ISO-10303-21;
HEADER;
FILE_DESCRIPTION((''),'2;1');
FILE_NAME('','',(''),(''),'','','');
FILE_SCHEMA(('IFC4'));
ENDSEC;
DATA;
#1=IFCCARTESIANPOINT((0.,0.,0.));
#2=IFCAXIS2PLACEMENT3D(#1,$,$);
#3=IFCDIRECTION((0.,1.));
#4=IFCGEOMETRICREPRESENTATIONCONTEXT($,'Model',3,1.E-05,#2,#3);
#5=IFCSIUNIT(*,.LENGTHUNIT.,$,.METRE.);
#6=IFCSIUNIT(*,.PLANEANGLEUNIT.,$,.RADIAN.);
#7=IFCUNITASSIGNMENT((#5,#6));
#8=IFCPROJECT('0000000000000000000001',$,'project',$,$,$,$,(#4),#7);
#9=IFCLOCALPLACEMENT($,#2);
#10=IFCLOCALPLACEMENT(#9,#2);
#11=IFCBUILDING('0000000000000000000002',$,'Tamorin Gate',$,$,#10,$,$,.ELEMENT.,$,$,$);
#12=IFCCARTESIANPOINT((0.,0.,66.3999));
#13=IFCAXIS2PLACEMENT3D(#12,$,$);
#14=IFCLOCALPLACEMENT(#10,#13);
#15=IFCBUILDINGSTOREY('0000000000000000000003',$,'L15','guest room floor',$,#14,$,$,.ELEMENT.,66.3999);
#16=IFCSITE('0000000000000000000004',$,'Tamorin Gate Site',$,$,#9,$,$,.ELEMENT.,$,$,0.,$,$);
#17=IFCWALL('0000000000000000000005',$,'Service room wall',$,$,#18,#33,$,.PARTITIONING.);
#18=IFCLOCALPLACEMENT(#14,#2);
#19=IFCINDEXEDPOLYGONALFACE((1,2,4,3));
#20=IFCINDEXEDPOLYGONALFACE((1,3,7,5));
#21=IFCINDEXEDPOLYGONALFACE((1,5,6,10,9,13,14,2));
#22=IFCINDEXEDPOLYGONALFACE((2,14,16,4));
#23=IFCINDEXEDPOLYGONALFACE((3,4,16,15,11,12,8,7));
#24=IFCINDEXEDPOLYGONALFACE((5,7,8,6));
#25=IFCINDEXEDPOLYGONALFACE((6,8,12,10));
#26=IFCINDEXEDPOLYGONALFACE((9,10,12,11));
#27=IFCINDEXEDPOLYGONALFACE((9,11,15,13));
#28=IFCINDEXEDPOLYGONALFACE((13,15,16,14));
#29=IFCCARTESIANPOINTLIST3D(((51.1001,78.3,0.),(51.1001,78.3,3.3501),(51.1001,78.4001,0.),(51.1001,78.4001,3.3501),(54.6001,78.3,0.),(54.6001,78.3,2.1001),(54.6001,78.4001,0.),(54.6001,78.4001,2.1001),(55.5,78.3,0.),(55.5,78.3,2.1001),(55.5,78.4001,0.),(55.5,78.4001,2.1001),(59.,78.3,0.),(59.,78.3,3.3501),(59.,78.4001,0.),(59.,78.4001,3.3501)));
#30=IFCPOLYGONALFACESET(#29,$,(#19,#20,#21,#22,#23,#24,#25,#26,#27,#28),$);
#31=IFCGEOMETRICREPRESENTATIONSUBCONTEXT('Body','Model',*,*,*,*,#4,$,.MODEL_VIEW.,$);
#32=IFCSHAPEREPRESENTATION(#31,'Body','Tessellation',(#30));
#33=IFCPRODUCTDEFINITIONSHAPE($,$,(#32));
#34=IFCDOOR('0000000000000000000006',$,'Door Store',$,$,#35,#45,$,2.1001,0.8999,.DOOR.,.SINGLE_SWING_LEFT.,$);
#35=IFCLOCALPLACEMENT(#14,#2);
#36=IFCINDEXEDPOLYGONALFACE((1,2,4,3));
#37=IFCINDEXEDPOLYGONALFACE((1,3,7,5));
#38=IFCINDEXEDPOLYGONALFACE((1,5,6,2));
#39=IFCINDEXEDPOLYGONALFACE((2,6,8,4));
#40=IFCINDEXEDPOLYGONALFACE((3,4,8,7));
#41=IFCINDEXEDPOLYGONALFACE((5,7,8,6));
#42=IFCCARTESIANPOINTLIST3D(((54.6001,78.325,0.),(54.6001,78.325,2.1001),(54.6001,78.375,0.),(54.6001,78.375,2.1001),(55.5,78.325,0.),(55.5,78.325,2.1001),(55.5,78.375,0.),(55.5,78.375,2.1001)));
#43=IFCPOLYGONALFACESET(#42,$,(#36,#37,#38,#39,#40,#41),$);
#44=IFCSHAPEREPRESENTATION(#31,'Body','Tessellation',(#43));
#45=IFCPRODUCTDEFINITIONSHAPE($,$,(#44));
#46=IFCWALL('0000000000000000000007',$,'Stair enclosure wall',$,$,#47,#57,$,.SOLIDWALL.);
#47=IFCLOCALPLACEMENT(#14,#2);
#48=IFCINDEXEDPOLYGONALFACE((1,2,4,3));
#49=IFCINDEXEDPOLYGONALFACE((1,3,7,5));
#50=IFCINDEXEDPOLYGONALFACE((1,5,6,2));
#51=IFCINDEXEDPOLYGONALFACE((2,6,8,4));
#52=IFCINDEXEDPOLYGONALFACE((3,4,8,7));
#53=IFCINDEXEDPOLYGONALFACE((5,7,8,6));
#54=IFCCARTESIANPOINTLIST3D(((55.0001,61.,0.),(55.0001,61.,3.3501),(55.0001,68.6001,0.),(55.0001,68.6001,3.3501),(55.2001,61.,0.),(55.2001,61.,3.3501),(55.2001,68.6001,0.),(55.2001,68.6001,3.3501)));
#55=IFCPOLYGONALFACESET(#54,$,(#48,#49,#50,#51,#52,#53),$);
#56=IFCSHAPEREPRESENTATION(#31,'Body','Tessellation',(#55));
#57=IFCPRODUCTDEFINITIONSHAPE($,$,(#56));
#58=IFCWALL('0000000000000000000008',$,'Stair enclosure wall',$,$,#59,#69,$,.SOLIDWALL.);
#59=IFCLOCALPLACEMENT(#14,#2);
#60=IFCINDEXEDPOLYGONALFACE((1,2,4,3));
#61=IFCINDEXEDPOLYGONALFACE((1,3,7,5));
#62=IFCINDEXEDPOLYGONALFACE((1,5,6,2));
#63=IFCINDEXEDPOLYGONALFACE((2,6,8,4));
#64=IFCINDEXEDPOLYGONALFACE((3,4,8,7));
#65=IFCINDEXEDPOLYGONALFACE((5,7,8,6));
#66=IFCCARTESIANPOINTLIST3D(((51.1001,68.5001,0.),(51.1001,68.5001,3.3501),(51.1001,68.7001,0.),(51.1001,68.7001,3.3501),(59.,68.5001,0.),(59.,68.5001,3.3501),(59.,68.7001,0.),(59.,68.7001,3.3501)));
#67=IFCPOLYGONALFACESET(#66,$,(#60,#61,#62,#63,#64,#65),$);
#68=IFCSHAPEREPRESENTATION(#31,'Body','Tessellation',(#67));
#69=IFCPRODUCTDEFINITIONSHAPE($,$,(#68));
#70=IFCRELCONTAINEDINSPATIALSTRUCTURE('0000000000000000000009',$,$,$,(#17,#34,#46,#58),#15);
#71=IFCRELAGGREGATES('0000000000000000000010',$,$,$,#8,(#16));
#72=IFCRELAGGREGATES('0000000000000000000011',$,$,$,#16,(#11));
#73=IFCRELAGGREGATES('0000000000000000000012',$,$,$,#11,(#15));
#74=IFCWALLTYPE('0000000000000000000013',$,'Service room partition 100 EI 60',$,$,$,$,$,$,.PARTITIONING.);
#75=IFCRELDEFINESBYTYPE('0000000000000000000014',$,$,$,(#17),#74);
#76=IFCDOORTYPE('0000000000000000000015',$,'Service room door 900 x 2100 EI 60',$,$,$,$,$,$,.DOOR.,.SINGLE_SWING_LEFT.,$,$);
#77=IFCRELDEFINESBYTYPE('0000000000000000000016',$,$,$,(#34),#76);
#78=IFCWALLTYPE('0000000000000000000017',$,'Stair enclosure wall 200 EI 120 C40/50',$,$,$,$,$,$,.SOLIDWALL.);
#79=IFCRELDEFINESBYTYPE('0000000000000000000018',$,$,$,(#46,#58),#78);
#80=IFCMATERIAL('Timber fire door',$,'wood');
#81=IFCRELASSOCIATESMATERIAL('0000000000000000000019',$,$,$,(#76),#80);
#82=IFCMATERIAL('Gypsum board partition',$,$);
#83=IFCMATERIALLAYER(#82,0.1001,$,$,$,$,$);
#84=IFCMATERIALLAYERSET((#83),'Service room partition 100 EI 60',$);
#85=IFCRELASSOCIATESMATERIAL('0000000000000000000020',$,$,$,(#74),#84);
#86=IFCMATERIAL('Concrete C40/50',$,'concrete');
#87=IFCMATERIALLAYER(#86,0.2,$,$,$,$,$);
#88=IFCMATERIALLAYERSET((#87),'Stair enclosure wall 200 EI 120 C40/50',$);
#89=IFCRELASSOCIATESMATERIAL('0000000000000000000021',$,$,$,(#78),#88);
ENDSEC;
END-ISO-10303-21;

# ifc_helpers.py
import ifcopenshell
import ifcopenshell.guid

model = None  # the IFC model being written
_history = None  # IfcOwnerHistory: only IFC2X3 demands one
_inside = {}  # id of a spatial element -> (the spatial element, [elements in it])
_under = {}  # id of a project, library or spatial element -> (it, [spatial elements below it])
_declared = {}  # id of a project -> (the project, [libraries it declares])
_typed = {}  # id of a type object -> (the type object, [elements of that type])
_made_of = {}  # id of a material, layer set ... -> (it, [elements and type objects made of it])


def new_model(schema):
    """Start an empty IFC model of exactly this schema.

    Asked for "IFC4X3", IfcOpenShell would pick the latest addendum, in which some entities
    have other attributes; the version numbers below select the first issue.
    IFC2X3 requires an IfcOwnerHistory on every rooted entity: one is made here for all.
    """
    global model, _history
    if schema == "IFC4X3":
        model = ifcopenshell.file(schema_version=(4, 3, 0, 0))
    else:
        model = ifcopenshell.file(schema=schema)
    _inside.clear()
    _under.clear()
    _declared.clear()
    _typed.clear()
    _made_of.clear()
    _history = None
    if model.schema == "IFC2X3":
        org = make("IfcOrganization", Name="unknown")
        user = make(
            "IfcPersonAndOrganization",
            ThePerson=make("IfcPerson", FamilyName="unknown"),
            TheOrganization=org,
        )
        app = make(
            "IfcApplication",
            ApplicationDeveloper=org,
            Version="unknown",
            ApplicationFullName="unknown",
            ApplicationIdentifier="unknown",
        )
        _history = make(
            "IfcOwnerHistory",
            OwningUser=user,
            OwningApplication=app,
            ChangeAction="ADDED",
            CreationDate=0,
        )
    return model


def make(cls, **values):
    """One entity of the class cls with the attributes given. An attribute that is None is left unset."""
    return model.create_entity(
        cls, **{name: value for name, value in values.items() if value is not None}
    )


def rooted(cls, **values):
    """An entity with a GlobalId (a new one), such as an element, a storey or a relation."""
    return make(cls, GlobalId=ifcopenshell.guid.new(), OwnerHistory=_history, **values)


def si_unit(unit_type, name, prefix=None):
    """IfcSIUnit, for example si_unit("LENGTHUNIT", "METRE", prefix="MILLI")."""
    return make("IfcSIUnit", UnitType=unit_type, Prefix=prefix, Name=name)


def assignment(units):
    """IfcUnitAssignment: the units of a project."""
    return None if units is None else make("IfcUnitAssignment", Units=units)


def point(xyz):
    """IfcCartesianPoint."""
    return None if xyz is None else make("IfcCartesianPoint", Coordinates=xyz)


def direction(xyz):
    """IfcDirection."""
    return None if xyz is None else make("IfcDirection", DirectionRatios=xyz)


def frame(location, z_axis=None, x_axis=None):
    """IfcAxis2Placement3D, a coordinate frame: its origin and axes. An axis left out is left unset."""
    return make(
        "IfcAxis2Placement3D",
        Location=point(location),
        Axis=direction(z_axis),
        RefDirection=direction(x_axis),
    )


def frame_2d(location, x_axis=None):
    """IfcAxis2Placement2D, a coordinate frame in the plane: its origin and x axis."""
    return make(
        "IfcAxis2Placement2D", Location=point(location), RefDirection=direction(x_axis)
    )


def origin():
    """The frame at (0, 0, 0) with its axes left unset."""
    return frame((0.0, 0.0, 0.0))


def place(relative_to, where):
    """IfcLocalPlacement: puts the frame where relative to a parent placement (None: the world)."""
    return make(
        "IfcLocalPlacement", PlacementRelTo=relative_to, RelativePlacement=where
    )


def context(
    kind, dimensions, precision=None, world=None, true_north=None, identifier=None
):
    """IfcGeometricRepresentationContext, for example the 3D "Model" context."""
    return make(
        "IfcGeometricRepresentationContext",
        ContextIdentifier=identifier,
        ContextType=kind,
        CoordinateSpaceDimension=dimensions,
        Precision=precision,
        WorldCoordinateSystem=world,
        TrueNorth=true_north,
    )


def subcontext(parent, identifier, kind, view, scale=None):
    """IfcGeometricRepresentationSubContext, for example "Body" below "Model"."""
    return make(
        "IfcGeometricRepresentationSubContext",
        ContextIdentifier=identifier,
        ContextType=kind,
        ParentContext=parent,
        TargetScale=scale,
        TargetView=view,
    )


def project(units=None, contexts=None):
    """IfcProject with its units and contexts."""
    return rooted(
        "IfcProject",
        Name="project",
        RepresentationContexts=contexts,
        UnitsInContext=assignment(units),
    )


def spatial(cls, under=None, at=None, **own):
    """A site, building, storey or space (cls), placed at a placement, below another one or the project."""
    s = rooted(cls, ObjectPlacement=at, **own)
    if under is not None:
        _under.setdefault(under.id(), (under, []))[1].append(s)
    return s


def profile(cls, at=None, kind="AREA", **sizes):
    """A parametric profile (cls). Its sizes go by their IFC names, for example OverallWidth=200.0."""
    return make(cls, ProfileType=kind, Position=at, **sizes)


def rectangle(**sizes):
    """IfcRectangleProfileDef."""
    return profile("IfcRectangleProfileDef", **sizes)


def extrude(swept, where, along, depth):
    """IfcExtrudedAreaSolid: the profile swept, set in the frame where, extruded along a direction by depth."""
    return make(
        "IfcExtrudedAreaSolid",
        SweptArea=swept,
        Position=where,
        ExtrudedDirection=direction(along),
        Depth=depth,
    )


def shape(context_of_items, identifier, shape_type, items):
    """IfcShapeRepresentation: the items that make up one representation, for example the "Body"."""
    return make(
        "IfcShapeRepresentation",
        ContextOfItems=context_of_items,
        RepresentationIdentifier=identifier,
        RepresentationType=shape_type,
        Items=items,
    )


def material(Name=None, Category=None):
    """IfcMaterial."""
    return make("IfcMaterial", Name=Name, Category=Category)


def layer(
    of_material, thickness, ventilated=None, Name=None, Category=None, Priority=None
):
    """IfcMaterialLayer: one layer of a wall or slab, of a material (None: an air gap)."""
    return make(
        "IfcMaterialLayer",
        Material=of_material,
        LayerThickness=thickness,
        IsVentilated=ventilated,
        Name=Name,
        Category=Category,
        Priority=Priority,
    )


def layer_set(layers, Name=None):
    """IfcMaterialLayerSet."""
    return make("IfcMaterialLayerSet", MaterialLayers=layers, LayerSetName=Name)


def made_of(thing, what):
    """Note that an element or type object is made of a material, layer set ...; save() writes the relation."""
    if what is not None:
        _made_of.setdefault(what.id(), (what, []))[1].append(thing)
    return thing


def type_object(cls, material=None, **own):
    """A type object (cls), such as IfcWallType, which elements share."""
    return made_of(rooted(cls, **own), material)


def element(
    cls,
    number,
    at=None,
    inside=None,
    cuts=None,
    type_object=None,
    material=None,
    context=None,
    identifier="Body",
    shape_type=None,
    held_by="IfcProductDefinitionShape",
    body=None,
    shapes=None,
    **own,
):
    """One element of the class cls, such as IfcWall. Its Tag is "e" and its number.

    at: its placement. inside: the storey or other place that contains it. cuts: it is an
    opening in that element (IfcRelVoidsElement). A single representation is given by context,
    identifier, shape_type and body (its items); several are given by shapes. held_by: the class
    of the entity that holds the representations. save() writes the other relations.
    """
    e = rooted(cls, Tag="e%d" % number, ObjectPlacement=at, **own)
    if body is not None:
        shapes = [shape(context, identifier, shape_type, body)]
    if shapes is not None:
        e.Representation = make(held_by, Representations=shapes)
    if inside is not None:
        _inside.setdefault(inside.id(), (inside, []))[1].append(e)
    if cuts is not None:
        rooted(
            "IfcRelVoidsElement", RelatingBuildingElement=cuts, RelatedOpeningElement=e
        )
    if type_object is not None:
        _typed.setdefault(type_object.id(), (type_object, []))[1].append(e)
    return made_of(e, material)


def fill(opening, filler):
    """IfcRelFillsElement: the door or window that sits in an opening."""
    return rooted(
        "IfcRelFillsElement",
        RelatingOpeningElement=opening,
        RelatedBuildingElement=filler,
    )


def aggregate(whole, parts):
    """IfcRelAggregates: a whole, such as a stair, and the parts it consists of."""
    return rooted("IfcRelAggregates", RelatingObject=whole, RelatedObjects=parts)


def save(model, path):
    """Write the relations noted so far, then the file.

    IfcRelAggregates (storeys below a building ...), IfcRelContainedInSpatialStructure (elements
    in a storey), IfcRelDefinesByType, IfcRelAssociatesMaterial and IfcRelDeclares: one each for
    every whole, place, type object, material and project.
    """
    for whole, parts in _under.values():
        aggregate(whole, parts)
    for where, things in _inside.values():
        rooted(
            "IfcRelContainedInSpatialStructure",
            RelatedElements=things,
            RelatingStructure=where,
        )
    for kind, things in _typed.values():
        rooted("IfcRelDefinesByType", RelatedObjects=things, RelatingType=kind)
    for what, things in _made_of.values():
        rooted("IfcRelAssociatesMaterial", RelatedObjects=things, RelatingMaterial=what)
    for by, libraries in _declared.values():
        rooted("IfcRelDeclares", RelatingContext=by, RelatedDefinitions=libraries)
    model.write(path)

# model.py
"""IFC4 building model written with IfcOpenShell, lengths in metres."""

from ifc_helpers import new_model, si_unit, direction, frame, frame_2d, origin, place, context, subcontext, project, spatial, rectangle, extrude, material, layer, layer_set, type_object, element, fill, save


model = new_model("IFC4")

# Units and contexts
model_context = context("Model", 3, precision=1e-05, world=origin(), true_north=direction((0.0, 1.0)))
body_context = subcontext(model_context, "Body", "Model", "MODEL_VIEW")
ifc_project = project(units=[si_unit("LENGTHUNIT", "METRE"), si_unit("PLANEANGLEUNIT", "RADIAN")], contexts=[model_context])

# Site, building, storey
site_placement = place(None, origin())
site = spatial("IfcSite", under=ifc_project, at=site_placement, Name="Tamorin Gate Site", CompositionType="ELEMENT", RefElevation=0.0)
building_placement = place(site_placement, origin())
building = spatial("IfcBuilding", under=site, at=building_placement, Name="Tamorin Gate", CompositionType="ELEMENT")
storey_placement = place(building_placement, frame((0.0, 0.0, 66.3999)))
storey = spatial("IfcBuildingStorey", under=building, at=storey_placement, Name="L15", Description="guest room floor", CompositionType="ELEMENT", Elevation=66.3999)

# Shared definitions
ifc_material_1 = material(Name="Gypsum board partition")
ifc_material_2 = material(Name="Timber fire door", Category="wood")
door_type_1 = type_object("IfcDoorType", Name="Service room door 900 x 2100 EI 60", OperationType="SINGLE_SWING_LEFT", PredefinedType="DOOR", material=ifc_material_2)

# Shared definitions
ifc_layer_1 = layer(ifc_material_1, 0.1001)
ifc_layer_set_1 = layer_set([ifc_layer_1], Name="Service room partition 100 EI 60")
wall_type_1 = type_object("IfcWallType", Name="Service room partition 100 EI 60", PredefinedType="PARTITIONING", material=ifc_layer_set_1)

# Wall, opening, door
wall_1_placement = place(storey_placement, frame((51.1001, 78.3501, 0.0), z_axis=(0.0, 0.0, 1.0), x_axis=(1.0, 0.0, 0.0)))
wall_1 = element("IfcWall", 1, at=wall_1_placement, inside=storey, type_object=wall_type_1, Name="Service room wall", PredefinedType="PARTITIONING", context=body_context, shape_type="SweptSolid", body=[
    extrude(rectangle(XDim=7.8999, YDim=0.1001, at=frame_2d((3.95, 0.0))), origin(), (0.0, 0.0, 1.0), 3.3501),
])
opening_1_placement = place(wall_1_placement, frame((3.5, 0.0, 0.0)))
opening_1 = element("IfcOpeningElement", 2, at=opening_1_placement, cuts=wall_1, PredefinedType="OPENING", context=body_context, shape_type="SweptSolid", body=[
    extrude(rectangle(XDim=0.8999, YDim=2.1001, at=frame_2d((0.45, 1.05))), frame((0.0, 0.0601, 0.0), z_axis=(0.0, -1.0, 0.0), x_axis=(1.0, 0.0, 0.0)), (0.0, 0.0, 1.0), 0.1201),
])
door_1_placement = place(opening_1_placement, origin())
door_1 = element("IfcDoor", 3, at=door_1_placement, inside=storey, type_object=door_type_1, Name="Door Store", OperationType="SINGLE_SWING_LEFT", OverallHeight=2.1001, OverallWidth=0.8999, PredefinedType="DOOR", context=body_context, shape_type="SweptSolid", body=[
    extrude(rectangle(XDim=0.8999, YDim=2.1001, at=frame_2d((0.45, 1.05))), frame((0.0, 0.0249, 0.0), z_axis=(0.0, -1.0, 0.0), x_axis=(1.0, 0.0, 0.0)), (0.0, 0.0, 1.0), 0.05),
])
fill(opening_1, door_1)

# Walls
ifc_material_3 = material(Name="Concrete C40/50", Category="concrete")
ifc_layer_2 = layer(ifc_material_3, 0.2)
ifc_layer_set_2 = layer_set([ifc_layer_2], Name="Stair enclosure wall 200 EI 120 C40/50")
wall_type_2 = type_object("IfcWallType", Name="Stair enclosure wall 200 EI 120 C40/50", PredefinedType="SOLIDWALL", material=ifc_layer_set_2)
wall_2_placement = place(storey_placement, frame((55.1001, 61.0, 0.0), z_axis=(0.0, 0.0, 1.0), x_axis=(0.0, 1.0, 0.0)))
element("IfcWall", 4, at=wall_2_placement, inside=storey, type_object=wall_type_2, Name="Stair enclosure wall", PredefinedType="SOLIDWALL", context=body_context, shape_type="SweptSolid", body=[
    extrude(rectangle(XDim=7.6001, YDim=0.2, at=frame_2d((3.8, 0.0))), origin(), (0.0, 0.0, 1.0), 3.3501),
])
wall_3_placement = place(storey_placement, frame((51.1001, 68.6001, 0.0), z_axis=(0.0, 0.0, 1.0), x_axis=(1.0, 0.0, 0.0)))
element("IfcWall", 5, at=wall_3_placement, inside=storey, type_object=wall_type_2, Name="Stair enclosure wall", PredefinedType="SOLIDWALL", context=body_context, shape_type="SweptSolid", body=[
    extrude(rectangle(XDim=7.8999, YDim=0.2, at=frame_2d((3.95, 0.0))), origin(), (0.0, 0.0, 1.0), 3.3501),
])

save(model, "model.ifc")
